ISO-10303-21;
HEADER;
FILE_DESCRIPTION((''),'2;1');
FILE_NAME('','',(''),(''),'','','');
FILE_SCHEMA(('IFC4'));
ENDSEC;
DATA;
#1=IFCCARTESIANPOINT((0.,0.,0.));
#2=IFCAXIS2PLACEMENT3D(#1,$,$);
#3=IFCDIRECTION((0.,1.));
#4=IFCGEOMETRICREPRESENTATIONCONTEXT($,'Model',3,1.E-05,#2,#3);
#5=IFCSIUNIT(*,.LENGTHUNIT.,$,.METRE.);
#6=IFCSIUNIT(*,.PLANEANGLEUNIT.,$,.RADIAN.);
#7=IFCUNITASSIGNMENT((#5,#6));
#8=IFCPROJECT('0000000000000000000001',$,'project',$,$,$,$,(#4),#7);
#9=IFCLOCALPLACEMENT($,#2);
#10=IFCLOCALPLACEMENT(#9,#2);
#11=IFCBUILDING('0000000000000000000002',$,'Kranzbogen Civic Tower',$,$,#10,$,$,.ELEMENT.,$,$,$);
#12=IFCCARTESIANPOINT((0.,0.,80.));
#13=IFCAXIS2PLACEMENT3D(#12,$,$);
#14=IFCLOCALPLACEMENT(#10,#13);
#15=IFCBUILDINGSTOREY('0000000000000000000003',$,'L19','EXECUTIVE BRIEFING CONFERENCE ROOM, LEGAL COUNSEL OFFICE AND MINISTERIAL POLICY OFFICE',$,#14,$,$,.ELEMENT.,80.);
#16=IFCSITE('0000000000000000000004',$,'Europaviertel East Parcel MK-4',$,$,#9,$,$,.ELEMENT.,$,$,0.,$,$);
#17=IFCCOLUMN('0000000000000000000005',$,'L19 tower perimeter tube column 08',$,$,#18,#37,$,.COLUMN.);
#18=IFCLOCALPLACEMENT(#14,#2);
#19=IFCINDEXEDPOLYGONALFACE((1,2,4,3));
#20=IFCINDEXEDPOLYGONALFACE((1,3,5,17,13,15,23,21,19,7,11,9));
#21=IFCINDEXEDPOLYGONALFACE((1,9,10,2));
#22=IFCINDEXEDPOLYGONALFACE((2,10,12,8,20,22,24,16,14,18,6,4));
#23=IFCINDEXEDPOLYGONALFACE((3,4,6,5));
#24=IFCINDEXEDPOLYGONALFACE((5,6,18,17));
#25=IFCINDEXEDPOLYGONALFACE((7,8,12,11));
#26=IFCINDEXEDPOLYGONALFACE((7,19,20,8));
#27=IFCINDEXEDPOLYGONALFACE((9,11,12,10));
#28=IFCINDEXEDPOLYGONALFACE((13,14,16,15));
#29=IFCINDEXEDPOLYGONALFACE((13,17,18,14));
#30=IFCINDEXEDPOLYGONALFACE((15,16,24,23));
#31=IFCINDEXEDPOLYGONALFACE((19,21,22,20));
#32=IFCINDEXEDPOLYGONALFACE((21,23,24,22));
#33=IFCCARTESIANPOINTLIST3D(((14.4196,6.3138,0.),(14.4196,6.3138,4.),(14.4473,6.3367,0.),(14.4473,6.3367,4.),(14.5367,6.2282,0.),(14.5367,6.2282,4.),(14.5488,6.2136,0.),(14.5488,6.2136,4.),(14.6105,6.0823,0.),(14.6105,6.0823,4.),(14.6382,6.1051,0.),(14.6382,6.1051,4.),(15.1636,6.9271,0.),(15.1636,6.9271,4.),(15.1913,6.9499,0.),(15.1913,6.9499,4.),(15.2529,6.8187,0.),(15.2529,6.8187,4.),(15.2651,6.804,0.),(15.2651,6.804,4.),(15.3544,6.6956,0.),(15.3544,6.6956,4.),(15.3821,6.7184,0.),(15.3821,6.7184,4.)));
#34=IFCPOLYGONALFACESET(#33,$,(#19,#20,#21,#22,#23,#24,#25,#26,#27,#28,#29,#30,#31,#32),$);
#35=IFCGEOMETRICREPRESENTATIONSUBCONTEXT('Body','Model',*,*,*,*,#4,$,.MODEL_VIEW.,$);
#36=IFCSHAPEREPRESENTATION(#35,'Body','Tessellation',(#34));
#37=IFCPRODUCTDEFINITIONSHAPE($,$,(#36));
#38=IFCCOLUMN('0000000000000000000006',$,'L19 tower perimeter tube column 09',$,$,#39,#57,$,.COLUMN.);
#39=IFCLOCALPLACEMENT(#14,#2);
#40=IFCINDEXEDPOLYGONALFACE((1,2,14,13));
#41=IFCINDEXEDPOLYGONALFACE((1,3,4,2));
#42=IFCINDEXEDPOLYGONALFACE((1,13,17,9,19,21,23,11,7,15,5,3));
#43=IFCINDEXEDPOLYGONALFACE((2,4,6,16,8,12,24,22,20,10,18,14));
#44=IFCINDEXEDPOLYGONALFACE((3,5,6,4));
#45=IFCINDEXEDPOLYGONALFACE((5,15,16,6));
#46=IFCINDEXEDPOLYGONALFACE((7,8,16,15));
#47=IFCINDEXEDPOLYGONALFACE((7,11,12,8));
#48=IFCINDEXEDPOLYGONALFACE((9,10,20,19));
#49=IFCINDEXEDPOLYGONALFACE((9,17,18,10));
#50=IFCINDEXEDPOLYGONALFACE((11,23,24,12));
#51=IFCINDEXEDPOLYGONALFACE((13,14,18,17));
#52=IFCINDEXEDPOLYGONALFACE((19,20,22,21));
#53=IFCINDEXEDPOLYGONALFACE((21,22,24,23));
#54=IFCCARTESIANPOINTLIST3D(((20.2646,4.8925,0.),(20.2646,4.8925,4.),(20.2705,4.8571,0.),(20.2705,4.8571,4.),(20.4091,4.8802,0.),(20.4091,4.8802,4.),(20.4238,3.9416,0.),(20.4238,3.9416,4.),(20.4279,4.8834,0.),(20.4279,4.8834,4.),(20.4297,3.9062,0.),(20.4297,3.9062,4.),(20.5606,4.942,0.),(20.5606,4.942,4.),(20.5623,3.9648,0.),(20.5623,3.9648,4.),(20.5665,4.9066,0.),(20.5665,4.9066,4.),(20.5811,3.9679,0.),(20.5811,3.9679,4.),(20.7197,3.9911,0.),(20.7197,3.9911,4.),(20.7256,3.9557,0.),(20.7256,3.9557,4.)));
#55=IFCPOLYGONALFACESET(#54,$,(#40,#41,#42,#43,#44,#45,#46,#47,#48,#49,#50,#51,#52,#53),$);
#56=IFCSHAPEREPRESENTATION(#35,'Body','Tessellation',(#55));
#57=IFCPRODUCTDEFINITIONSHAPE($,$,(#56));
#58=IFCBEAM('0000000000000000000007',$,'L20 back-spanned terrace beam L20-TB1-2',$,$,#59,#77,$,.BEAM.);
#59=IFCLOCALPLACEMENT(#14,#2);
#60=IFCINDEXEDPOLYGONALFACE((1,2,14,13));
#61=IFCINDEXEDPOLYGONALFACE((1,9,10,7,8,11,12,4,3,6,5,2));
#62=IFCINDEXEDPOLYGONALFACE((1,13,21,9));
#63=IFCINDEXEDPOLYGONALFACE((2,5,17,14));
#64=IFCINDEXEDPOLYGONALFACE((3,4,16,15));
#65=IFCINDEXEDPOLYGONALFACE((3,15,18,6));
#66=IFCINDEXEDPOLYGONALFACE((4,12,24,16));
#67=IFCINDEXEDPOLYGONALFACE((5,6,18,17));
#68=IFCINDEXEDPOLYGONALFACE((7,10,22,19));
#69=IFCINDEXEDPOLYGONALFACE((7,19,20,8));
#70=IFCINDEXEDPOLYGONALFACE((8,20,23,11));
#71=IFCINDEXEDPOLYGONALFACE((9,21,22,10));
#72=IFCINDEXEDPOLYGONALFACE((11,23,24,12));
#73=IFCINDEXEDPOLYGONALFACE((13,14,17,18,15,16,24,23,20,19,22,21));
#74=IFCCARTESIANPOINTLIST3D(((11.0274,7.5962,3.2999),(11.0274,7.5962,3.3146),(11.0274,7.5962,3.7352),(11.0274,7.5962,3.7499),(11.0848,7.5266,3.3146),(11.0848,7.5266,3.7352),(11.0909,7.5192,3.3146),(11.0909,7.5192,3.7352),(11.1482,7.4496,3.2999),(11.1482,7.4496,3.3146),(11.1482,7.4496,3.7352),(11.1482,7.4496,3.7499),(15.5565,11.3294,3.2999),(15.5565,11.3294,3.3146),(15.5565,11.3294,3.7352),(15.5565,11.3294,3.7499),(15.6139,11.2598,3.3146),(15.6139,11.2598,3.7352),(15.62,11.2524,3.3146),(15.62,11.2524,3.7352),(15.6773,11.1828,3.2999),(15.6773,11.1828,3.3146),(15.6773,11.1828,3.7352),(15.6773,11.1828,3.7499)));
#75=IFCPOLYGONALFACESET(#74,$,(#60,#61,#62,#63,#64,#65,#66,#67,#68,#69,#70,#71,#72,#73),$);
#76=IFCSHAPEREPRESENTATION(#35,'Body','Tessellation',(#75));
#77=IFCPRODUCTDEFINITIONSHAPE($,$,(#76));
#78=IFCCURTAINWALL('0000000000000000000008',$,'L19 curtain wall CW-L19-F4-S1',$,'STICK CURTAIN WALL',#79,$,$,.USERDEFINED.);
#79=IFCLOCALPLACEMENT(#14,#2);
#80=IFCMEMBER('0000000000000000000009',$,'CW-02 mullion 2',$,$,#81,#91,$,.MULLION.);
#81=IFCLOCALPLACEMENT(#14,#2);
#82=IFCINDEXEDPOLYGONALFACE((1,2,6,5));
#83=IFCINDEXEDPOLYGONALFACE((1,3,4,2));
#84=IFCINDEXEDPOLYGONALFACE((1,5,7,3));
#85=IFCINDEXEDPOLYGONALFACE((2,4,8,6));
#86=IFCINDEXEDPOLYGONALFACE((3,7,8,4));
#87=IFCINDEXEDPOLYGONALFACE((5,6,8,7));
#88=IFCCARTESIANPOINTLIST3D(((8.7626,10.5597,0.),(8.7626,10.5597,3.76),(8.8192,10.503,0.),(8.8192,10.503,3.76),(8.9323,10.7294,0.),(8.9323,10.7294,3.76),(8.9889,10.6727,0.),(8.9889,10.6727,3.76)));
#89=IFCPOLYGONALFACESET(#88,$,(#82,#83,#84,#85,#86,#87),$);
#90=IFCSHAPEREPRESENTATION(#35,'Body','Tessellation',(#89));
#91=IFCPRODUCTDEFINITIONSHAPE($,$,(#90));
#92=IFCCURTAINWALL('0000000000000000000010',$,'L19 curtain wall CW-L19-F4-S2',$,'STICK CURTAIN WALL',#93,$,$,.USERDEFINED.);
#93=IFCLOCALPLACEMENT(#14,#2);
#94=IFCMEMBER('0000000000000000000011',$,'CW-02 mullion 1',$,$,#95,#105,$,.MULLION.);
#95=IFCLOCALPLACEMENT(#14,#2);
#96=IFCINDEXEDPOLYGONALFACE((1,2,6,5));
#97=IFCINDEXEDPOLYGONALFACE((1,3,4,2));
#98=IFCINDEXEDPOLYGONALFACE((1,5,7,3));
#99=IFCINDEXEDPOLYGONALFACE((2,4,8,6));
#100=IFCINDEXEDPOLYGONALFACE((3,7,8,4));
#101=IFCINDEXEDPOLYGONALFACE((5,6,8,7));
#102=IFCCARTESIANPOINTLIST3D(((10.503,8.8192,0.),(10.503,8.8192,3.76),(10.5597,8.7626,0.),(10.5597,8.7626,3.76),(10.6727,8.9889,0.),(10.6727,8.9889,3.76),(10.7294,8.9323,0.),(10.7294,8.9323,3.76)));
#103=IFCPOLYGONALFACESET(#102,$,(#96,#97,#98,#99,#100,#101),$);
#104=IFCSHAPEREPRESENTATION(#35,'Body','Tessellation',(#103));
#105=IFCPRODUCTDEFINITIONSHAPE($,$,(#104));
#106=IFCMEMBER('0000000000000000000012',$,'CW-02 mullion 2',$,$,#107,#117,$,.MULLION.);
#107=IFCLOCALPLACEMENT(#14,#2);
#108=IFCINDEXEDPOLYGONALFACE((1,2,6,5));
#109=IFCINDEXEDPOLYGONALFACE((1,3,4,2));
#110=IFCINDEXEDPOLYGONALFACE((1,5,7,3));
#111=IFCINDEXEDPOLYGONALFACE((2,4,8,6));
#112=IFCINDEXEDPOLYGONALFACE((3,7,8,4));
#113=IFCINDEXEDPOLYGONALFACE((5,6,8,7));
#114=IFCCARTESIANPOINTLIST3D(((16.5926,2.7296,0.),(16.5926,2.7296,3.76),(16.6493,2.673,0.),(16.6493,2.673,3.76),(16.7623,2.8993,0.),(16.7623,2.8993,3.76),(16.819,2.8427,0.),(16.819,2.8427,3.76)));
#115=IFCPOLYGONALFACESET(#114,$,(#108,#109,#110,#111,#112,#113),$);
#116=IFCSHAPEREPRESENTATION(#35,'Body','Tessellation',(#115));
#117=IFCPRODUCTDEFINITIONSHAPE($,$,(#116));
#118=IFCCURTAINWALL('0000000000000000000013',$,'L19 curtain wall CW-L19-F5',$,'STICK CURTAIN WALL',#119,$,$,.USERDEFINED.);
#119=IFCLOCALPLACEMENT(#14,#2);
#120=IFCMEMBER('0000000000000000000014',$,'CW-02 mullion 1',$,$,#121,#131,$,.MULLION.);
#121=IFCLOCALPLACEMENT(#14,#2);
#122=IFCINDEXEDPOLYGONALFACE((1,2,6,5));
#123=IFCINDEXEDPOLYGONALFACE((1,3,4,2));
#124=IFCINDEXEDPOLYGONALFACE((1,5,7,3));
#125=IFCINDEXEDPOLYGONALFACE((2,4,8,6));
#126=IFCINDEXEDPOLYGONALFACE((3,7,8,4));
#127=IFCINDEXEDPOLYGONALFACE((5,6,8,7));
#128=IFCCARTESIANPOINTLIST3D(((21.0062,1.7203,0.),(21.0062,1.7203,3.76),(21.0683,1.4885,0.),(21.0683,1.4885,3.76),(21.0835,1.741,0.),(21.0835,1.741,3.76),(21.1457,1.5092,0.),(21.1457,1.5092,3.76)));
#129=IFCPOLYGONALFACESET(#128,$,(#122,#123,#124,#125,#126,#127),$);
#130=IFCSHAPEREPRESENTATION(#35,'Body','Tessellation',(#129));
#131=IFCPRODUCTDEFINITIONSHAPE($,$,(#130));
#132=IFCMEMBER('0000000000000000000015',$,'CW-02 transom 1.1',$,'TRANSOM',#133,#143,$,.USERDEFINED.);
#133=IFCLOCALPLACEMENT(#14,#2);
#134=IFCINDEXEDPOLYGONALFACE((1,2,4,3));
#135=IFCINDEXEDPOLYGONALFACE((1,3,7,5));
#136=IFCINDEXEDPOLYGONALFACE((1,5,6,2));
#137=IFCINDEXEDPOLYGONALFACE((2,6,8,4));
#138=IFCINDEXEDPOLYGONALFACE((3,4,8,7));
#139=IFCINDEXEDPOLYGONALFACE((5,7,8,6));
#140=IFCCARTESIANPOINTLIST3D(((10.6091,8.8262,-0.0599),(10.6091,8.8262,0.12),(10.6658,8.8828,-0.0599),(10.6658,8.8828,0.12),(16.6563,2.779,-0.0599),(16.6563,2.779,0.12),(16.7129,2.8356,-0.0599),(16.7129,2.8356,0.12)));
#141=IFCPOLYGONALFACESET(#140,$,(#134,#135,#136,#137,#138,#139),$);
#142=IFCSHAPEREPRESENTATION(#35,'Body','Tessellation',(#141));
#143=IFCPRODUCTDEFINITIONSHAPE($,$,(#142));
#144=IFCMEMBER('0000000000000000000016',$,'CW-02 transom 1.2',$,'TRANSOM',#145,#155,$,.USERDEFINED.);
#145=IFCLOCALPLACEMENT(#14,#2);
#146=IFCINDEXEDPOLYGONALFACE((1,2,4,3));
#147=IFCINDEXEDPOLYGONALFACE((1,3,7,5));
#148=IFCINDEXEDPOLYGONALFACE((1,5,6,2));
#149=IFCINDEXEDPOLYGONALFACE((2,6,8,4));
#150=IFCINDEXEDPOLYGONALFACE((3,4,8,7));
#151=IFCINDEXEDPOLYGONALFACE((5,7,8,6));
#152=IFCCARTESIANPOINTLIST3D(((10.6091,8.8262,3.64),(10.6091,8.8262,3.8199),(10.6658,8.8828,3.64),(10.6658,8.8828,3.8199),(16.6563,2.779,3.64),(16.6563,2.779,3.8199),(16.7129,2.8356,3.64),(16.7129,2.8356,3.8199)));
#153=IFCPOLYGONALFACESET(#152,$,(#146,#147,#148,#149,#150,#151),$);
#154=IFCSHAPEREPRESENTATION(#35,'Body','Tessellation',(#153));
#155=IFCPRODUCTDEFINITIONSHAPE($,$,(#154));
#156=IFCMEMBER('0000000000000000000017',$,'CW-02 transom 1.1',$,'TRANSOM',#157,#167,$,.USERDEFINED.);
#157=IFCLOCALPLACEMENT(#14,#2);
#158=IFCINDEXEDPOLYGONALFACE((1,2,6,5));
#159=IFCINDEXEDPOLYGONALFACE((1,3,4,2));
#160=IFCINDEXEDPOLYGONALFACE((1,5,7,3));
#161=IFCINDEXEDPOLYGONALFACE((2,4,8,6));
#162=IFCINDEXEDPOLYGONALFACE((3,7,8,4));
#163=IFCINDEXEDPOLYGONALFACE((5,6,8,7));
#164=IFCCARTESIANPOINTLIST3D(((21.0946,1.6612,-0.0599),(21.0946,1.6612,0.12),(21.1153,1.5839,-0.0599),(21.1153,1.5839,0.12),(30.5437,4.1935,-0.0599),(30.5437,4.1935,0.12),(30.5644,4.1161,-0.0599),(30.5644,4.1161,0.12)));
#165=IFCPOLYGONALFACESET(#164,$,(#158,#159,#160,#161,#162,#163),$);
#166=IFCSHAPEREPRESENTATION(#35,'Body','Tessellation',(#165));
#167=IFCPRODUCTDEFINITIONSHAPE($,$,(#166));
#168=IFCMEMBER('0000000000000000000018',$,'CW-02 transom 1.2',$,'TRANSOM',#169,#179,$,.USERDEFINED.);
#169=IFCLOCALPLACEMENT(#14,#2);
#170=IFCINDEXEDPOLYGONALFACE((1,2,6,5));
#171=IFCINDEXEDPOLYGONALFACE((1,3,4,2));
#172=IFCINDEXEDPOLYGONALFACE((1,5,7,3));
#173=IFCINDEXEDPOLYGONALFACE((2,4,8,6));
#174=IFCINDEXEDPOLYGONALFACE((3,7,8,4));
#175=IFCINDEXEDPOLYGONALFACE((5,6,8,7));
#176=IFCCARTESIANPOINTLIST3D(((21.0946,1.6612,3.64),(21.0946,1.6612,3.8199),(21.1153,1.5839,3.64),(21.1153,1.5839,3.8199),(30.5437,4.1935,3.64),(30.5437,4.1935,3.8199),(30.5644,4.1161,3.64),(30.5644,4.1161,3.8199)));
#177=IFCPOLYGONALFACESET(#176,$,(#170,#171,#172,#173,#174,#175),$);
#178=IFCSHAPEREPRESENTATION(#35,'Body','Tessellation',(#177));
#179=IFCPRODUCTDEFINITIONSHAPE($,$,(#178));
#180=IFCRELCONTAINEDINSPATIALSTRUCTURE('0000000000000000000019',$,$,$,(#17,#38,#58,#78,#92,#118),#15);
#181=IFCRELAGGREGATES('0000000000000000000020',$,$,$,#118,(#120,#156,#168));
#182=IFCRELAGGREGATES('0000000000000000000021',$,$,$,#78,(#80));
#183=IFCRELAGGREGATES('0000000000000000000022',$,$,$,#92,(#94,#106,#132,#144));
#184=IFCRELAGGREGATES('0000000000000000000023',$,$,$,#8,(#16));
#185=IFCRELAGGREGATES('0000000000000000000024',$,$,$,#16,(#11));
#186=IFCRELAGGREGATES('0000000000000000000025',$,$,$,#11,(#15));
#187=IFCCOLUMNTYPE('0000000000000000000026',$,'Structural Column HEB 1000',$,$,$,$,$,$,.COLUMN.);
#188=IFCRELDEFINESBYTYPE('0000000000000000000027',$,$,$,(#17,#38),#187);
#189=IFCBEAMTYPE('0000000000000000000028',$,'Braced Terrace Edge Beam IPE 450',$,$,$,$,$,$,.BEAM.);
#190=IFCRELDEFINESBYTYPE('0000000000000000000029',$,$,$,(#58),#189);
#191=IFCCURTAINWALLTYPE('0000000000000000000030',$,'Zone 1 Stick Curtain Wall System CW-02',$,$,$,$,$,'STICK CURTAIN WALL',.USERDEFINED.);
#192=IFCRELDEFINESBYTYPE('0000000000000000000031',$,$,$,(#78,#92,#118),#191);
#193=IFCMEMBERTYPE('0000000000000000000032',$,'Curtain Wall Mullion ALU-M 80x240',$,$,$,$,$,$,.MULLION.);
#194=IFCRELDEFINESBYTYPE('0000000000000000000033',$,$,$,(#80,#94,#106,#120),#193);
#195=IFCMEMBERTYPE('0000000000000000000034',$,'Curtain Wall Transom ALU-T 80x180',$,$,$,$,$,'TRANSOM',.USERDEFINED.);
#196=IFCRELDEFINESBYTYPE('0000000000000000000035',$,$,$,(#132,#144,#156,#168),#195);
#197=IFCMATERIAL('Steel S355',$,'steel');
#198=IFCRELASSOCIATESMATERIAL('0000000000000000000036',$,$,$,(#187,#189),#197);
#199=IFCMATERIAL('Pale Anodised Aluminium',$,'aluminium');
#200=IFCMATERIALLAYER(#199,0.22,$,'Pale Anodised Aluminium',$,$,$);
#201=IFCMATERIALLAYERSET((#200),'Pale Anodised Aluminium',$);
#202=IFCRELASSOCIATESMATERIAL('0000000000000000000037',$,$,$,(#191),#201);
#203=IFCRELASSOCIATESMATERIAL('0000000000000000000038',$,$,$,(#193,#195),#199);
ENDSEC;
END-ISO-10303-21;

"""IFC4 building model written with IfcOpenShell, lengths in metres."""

from ifc_helpers import new_model, si_unit, direction, frame, origin, origin_2d, place, context, subcontext, project, spatial, rectangle, i_section, extrude, material, layer, layer_set, material_profile, profile_set, type_object, element, aggregate, save


model = new_model("IFC4")

# Units and contexts
model_context = context("Model", 3, precision=1e-05, world=origin(), true_north=direction((0.0, 1.0)))
body_context = subcontext(model_context, "Body", "Model", "MODEL_VIEW")
ifc_project = project(units=[si_unit("LENGTHUNIT", "METRE"), si_unit("PLANEANGLEUNIT", "RADIAN")], contexts=[model_context])

# Site, building, storey
site_placement = place(None, origin())
site = spatial("IfcSite", under=ifc_project, at=site_placement, Name="Europaviertel East Parcel MK-4", CompositionType="ELEMENT", RefElevation=0.0)
building_placement = place(site_placement, origin())
building = spatial("IfcBuilding", under=site, at=building_placement, Name="Kranzbogen Civic Tower", CompositionType="ELEMENT")
storey_placement = place(building_placement, frame((0.0, 0.0, 80.0)))
storey = spatial("IfcBuildingStorey", under=building, at=storey_placement, Name="L19", Description="EXECUTIVE BRIEFING CONFERENCE ROOM, LEGAL COUNSEL OFFICE AND MINISTERIAL POLICY OFFICE", CompositionType="ELEMENT", Elevation=80.0)

# Columns
ifc_material_1 = material(Name="Steel S355", Category="steel")
ifc_material_profile_1 = material_profile(ifc_material_1, i_section(OverallWidth=0.3, OverallDepth=1.0, WebThickness=0.019, FlangeThickness=0.0359, at=origin_2d()), Name="HEB 1000")
ifc_profile_set_1 = profile_set([ifc_material_profile_1], Name="Steel S355")
column_type = type_object("IfcColumnType", Name="Structural Column HEB 1000", PredefinedType="COLUMN", material=ifc_profile_set_1)
for number, where, z_axis, x_axis, name in (
    (1, (14.9009, 6.5161, 0.0), (0.0, 0.0, 1.0), (-0.636078, 0.771625, 0.0), "L19 tower perimeter tube column 08"),
    (2, (20.4951, 4.4241, 0.0), (0.0, 0.0, 1.0), (0.986286, 0.165048, 0.0), "L19 tower perimeter tube column 09"),
):
    element("IfcColumn", number, at=place(storey_placement, frame(where, z_axis=z_axis, x_axis=x_axis)), inside=storey, type_object=column_type, Name=name, PredefinedType="COLUMN", context=body_context, shape_type="SweptSolid", body=[
        extrude(i_section(OverallWidth=0.3, OverallDepth=1.0, WebThickness=0.019, FlangeThickness=0.0359, at=origin_2d()), origin(), (0.0, 0.0, 1.0), 4.0),
    ])

# Beam
ifc_material_profile_2 = material_profile(ifc_material_1, i_section(OverallWidth=0.1899, OverallDepth=0.45, WebThickness=0.0095, FlangeThickness=0.0146, at=origin_2d()), Name="IPE 450")
ifc_profile_set_2 = profile_set([ifc_material_profile_2], Name="Steel S355")
beam_type_1 = type_object("IfcBeamType", Name="Braced Terrace Edge Beam IPE 450", PredefinedType="BEAM", material=ifc_profile_set_2)
beam_1_placement = place(storey_placement, frame((15.6169, 11.2561, 3.5249), z_axis=(-0.77165, -0.636047, 0.0), x_axis=(0.636047, -0.77165, 0.0)))
element("IfcBeam", 3, at=beam_1_placement, inside=storey, type_object=beam_type_1, Name="L20 back-spanned terrace beam L20-TB1-2", PredefinedType="BEAM", context=body_context, shape_type="SweptSolid", body=[
    extrude(i_section(OverallWidth=0.1899, OverallDepth=0.45, WebThickness=0.0095, FlangeThickness=0.0146, at=origin_2d()), origin(), (0.0, 0.0, 1.0), 5.8694),
])

# Curtain wall, member
ifc_material_2 = material(Name="Pale Anodised Aluminium", Category="aluminium")
ifc_layer_1 = layer(ifc_material_2, 0.22, Name="Pale Anodised Aluminium")
ifc_layer_set_1 = layer_set([ifc_layer_1], Name="Pale Anodised Aluminium")
curtain_wall_type = type_object("IfcCurtainWallType", Name="Zone 1 Stick Curtain Wall System CW-02", ElementType="STICK CURTAIN WALL", PredefinedType="USERDEFINED", material=ifc_layer_set_1)
curtain_wall_1_placement = place(storey_placement, origin())
curtain_wall_1 = element("IfcCurtainWall", 4, at=curtain_wall_1_placement, inside=storey, type_object=curtain_wall_type, Name="L19 curtain wall CW-L19-F4-S1", ObjectType="STICK CURTAIN WALL", PredefinedType="USERDEFINED")
ifc_material_profile_3 = material_profile(ifc_material_2, rectangle(XDim=0.0801, YDim=0.24, at=origin_2d()), Name="ALU-M 80x240")
ifc_profile_set_3 = profile_set([ifc_material_profile_3], Name="Pale Anodised Aluminium")
member_type_1 = type_object("IfcMemberType", Name="Curtain Wall Mullion ALU-M 80x240", PredefinedType="MULLION", material=ifc_profile_set_3)
member_1_placement = place(storey_placement, frame((8.8757, 10.6162, 0.0), z_axis=(0.0, 0.0, 1.0), x_axis=(0.707107, -0.707107, 0.0)))
member_1 = element("IfcMember", 5, at=member_1_placement, type_object=member_type_1, Name="CW-02 mullion 2", PredefinedType="MULLION", context=body_context, shape_type="SweptSolid", body=[
    extrude(rectangle(XDim=0.0801, YDim=0.24, at=origin_2d()), origin(), (0.0, 0.0, 1.0), 3.76),
])

# Curtain wall, members
curtain_wall_2_placement = place(storey_placement, origin())
curtain_wall_2 = element("IfcCurtainWall", 6, at=curtain_wall_2_placement, inside=storey, type_object=curtain_wall_type, Name="L19 curtain wall CW-L19-F4-S2", ObjectType="STICK CURTAIN WALL", PredefinedType="USERDEFINED")
member_2_placement = place(storey_placement, frame((10.6162, 8.8757, 0.0), z_axis=(0.0, 0.0, 1.0), x_axis=(0.707107, -0.707107, 0.0)))
member_2 = element("IfcMember", 7, at=member_2_placement, type_object=member_type_1, Name="CW-02 mullion 1", PredefinedType="MULLION", context=body_context, shape_type="SweptSolid", body=[
    extrude(rectangle(XDim=0.0801, YDim=0.24, at=origin_2d()), origin(), (0.0, 0.0, 1.0), 3.76),
])
member_3_placement = place(storey_placement, frame((16.7058, 2.7861, 0.0), z_axis=(0.0, 0.0, 1.0), x_axis=(0.707107, -0.707107, 0.0)))
member_3 = element("IfcMember", 8, at=member_3_placement, type_object=member_type_1, Name="CW-02 mullion 2", PredefinedType="MULLION", context=body_context, shape_type="SweptSolid", body=[
    extrude(rectangle(XDim=0.0801, YDim=0.24, at=origin_2d()), origin(), (0.0, 0.0, 1.0), 3.76),
])

# Curtain wall, member
curtain_wall_3_placement = place(storey_placement, origin())
curtain_wall_3 = element("IfcCurtainWall", 9, at=curtain_wall_3_placement, inside=storey, type_object=curtain_wall_type, Name="L19 curtain wall CW-L19-F5", ObjectType="STICK CURTAIN WALL", PredefinedType="USERDEFINED")
member_4_placement = place(storey_placement, frame((21.0759, 1.6147, 0.0), z_axis=(0.0, 0.0, 1.0), x_axis=(0.965917, 0.258851, 0.0)))
member_4 = element("IfcMember", 10, at=member_4_placement, type_object=member_type_1, Name="CW-02 mullion 1", PredefinedType="MULLION", context=body_context, shape_type="SweptSolid", body=[
    extrude(rectangle(XDim=0.0801, YDim=0.24, at=origin_2d()), origin(), (0.0, 0.0, 1.0), 3.76),
])

# Members
ifc_material_profile_4 = material_profile(ifc_material_2, rectangle(XDim=0.0801, YDim=0.1799, at=origin_2d()), Name="ALU-T 80x180")
ifc_profile_set_4 = profile_set([ifc_material_profile_4], Name="Pale Anodised Aluminium")
member_type_2 = type_object("IfcMemberType", Name="Curtain Wall Transom ALU-T 80x180", ElementType="TRANSOM", PredefinedType="USERDEFINED", material=ifc_profile_set_4)
member_5_placement = place(storey_placement, frame((10.6375, 8.8545, 0.03), z_axis=(0.707107, -0.707107, 0.0), x_axis=(0.707107, 0.707107, 0.0)))
member_5 = element("IfcMember", 11, at=member_5_placement, type_object=member_type_2, Name="CW-02 transom 1.1", ObjectType="TRANSOM", PredefinedType="USERDEFINED", context=body_context, shape_type="SweptSolid", body=[
    extrude(rectangle(XDim=0.0801, YDim=0.1799, at=origin_2d()), origin(), (0.0, 0.0, 1.0), 8.552),
])
member_6_placement = place(storey_placement, frame((10.6375, 8.8545, 3.73), z_axis=(0.707107, -0.707107, 0.0), x_axis=(0.707107, 0.707107, 0.0)))
member_6 = element("IfcMember", 12, at=member_6_placement, type_object=member_type_2, Name="CW-02 transom 1.2", ObjectType="TRANSOM", PredefinedType="USERDEFINED", context=body_context, shape_type="SweptSolid", body=[
    extrude(rectangle(XDim=0.0801, YDim=0.1799, at=origin_2d()), origin(), (0.0, 0.0, 1.0), 8.552),
])
member_7_placement = place(storey_placement, frame((21.105, 1.6226, 0.03), z_axis=(0.965916, 0.258855, 0.0), x_axis=(-0.258855, 0.965916, 0.0)))
member_7 = element("IfcMember", 13, at=member_7_placement, type_object=member_type_2, Name="CW-02 transom 1.1", ObjectType="TRANSOM", PredefinedType="USERDEFINED", context=body_context, shape_type="SweptSolid", body=[
    extrude(rectangle(XDim=0.0801, YDim=0.1799, at=origin_2d()), origin(), (0.0, 0.0, 1.0), 9.7825),
])
member_8_placement = place(storey_placement, frame((21.105, 1.6226, 3.73), z_axis=(0.965916, 0.258855, 0.0), x_axis=(-0.258855, 0.965916, 0.0)))
member_8 = element("IfcMember", 14, at=member_8_placement, type_object=member_type_2, Name="CW-02 transom 1.2", ObjectType="TRANSOM", PredefinedType="USERDEFINED", context=body_context, shape_type="SweptSolid", body=[
    extrude(rectangle(XDim=0.0801, YDim=0.1799, at=origin_2d()), origin(), (0.0, 0.0, 1.0), 9.7825),
])
aggregate(curtain_wall_3, [member_4, member_7, member_8])

aggregate(curtain_wall_1, [member_1])
aggregate(curtain_wall_2, [member_2, member_3, member_5, member_6])

save(model, "model.ifc")
